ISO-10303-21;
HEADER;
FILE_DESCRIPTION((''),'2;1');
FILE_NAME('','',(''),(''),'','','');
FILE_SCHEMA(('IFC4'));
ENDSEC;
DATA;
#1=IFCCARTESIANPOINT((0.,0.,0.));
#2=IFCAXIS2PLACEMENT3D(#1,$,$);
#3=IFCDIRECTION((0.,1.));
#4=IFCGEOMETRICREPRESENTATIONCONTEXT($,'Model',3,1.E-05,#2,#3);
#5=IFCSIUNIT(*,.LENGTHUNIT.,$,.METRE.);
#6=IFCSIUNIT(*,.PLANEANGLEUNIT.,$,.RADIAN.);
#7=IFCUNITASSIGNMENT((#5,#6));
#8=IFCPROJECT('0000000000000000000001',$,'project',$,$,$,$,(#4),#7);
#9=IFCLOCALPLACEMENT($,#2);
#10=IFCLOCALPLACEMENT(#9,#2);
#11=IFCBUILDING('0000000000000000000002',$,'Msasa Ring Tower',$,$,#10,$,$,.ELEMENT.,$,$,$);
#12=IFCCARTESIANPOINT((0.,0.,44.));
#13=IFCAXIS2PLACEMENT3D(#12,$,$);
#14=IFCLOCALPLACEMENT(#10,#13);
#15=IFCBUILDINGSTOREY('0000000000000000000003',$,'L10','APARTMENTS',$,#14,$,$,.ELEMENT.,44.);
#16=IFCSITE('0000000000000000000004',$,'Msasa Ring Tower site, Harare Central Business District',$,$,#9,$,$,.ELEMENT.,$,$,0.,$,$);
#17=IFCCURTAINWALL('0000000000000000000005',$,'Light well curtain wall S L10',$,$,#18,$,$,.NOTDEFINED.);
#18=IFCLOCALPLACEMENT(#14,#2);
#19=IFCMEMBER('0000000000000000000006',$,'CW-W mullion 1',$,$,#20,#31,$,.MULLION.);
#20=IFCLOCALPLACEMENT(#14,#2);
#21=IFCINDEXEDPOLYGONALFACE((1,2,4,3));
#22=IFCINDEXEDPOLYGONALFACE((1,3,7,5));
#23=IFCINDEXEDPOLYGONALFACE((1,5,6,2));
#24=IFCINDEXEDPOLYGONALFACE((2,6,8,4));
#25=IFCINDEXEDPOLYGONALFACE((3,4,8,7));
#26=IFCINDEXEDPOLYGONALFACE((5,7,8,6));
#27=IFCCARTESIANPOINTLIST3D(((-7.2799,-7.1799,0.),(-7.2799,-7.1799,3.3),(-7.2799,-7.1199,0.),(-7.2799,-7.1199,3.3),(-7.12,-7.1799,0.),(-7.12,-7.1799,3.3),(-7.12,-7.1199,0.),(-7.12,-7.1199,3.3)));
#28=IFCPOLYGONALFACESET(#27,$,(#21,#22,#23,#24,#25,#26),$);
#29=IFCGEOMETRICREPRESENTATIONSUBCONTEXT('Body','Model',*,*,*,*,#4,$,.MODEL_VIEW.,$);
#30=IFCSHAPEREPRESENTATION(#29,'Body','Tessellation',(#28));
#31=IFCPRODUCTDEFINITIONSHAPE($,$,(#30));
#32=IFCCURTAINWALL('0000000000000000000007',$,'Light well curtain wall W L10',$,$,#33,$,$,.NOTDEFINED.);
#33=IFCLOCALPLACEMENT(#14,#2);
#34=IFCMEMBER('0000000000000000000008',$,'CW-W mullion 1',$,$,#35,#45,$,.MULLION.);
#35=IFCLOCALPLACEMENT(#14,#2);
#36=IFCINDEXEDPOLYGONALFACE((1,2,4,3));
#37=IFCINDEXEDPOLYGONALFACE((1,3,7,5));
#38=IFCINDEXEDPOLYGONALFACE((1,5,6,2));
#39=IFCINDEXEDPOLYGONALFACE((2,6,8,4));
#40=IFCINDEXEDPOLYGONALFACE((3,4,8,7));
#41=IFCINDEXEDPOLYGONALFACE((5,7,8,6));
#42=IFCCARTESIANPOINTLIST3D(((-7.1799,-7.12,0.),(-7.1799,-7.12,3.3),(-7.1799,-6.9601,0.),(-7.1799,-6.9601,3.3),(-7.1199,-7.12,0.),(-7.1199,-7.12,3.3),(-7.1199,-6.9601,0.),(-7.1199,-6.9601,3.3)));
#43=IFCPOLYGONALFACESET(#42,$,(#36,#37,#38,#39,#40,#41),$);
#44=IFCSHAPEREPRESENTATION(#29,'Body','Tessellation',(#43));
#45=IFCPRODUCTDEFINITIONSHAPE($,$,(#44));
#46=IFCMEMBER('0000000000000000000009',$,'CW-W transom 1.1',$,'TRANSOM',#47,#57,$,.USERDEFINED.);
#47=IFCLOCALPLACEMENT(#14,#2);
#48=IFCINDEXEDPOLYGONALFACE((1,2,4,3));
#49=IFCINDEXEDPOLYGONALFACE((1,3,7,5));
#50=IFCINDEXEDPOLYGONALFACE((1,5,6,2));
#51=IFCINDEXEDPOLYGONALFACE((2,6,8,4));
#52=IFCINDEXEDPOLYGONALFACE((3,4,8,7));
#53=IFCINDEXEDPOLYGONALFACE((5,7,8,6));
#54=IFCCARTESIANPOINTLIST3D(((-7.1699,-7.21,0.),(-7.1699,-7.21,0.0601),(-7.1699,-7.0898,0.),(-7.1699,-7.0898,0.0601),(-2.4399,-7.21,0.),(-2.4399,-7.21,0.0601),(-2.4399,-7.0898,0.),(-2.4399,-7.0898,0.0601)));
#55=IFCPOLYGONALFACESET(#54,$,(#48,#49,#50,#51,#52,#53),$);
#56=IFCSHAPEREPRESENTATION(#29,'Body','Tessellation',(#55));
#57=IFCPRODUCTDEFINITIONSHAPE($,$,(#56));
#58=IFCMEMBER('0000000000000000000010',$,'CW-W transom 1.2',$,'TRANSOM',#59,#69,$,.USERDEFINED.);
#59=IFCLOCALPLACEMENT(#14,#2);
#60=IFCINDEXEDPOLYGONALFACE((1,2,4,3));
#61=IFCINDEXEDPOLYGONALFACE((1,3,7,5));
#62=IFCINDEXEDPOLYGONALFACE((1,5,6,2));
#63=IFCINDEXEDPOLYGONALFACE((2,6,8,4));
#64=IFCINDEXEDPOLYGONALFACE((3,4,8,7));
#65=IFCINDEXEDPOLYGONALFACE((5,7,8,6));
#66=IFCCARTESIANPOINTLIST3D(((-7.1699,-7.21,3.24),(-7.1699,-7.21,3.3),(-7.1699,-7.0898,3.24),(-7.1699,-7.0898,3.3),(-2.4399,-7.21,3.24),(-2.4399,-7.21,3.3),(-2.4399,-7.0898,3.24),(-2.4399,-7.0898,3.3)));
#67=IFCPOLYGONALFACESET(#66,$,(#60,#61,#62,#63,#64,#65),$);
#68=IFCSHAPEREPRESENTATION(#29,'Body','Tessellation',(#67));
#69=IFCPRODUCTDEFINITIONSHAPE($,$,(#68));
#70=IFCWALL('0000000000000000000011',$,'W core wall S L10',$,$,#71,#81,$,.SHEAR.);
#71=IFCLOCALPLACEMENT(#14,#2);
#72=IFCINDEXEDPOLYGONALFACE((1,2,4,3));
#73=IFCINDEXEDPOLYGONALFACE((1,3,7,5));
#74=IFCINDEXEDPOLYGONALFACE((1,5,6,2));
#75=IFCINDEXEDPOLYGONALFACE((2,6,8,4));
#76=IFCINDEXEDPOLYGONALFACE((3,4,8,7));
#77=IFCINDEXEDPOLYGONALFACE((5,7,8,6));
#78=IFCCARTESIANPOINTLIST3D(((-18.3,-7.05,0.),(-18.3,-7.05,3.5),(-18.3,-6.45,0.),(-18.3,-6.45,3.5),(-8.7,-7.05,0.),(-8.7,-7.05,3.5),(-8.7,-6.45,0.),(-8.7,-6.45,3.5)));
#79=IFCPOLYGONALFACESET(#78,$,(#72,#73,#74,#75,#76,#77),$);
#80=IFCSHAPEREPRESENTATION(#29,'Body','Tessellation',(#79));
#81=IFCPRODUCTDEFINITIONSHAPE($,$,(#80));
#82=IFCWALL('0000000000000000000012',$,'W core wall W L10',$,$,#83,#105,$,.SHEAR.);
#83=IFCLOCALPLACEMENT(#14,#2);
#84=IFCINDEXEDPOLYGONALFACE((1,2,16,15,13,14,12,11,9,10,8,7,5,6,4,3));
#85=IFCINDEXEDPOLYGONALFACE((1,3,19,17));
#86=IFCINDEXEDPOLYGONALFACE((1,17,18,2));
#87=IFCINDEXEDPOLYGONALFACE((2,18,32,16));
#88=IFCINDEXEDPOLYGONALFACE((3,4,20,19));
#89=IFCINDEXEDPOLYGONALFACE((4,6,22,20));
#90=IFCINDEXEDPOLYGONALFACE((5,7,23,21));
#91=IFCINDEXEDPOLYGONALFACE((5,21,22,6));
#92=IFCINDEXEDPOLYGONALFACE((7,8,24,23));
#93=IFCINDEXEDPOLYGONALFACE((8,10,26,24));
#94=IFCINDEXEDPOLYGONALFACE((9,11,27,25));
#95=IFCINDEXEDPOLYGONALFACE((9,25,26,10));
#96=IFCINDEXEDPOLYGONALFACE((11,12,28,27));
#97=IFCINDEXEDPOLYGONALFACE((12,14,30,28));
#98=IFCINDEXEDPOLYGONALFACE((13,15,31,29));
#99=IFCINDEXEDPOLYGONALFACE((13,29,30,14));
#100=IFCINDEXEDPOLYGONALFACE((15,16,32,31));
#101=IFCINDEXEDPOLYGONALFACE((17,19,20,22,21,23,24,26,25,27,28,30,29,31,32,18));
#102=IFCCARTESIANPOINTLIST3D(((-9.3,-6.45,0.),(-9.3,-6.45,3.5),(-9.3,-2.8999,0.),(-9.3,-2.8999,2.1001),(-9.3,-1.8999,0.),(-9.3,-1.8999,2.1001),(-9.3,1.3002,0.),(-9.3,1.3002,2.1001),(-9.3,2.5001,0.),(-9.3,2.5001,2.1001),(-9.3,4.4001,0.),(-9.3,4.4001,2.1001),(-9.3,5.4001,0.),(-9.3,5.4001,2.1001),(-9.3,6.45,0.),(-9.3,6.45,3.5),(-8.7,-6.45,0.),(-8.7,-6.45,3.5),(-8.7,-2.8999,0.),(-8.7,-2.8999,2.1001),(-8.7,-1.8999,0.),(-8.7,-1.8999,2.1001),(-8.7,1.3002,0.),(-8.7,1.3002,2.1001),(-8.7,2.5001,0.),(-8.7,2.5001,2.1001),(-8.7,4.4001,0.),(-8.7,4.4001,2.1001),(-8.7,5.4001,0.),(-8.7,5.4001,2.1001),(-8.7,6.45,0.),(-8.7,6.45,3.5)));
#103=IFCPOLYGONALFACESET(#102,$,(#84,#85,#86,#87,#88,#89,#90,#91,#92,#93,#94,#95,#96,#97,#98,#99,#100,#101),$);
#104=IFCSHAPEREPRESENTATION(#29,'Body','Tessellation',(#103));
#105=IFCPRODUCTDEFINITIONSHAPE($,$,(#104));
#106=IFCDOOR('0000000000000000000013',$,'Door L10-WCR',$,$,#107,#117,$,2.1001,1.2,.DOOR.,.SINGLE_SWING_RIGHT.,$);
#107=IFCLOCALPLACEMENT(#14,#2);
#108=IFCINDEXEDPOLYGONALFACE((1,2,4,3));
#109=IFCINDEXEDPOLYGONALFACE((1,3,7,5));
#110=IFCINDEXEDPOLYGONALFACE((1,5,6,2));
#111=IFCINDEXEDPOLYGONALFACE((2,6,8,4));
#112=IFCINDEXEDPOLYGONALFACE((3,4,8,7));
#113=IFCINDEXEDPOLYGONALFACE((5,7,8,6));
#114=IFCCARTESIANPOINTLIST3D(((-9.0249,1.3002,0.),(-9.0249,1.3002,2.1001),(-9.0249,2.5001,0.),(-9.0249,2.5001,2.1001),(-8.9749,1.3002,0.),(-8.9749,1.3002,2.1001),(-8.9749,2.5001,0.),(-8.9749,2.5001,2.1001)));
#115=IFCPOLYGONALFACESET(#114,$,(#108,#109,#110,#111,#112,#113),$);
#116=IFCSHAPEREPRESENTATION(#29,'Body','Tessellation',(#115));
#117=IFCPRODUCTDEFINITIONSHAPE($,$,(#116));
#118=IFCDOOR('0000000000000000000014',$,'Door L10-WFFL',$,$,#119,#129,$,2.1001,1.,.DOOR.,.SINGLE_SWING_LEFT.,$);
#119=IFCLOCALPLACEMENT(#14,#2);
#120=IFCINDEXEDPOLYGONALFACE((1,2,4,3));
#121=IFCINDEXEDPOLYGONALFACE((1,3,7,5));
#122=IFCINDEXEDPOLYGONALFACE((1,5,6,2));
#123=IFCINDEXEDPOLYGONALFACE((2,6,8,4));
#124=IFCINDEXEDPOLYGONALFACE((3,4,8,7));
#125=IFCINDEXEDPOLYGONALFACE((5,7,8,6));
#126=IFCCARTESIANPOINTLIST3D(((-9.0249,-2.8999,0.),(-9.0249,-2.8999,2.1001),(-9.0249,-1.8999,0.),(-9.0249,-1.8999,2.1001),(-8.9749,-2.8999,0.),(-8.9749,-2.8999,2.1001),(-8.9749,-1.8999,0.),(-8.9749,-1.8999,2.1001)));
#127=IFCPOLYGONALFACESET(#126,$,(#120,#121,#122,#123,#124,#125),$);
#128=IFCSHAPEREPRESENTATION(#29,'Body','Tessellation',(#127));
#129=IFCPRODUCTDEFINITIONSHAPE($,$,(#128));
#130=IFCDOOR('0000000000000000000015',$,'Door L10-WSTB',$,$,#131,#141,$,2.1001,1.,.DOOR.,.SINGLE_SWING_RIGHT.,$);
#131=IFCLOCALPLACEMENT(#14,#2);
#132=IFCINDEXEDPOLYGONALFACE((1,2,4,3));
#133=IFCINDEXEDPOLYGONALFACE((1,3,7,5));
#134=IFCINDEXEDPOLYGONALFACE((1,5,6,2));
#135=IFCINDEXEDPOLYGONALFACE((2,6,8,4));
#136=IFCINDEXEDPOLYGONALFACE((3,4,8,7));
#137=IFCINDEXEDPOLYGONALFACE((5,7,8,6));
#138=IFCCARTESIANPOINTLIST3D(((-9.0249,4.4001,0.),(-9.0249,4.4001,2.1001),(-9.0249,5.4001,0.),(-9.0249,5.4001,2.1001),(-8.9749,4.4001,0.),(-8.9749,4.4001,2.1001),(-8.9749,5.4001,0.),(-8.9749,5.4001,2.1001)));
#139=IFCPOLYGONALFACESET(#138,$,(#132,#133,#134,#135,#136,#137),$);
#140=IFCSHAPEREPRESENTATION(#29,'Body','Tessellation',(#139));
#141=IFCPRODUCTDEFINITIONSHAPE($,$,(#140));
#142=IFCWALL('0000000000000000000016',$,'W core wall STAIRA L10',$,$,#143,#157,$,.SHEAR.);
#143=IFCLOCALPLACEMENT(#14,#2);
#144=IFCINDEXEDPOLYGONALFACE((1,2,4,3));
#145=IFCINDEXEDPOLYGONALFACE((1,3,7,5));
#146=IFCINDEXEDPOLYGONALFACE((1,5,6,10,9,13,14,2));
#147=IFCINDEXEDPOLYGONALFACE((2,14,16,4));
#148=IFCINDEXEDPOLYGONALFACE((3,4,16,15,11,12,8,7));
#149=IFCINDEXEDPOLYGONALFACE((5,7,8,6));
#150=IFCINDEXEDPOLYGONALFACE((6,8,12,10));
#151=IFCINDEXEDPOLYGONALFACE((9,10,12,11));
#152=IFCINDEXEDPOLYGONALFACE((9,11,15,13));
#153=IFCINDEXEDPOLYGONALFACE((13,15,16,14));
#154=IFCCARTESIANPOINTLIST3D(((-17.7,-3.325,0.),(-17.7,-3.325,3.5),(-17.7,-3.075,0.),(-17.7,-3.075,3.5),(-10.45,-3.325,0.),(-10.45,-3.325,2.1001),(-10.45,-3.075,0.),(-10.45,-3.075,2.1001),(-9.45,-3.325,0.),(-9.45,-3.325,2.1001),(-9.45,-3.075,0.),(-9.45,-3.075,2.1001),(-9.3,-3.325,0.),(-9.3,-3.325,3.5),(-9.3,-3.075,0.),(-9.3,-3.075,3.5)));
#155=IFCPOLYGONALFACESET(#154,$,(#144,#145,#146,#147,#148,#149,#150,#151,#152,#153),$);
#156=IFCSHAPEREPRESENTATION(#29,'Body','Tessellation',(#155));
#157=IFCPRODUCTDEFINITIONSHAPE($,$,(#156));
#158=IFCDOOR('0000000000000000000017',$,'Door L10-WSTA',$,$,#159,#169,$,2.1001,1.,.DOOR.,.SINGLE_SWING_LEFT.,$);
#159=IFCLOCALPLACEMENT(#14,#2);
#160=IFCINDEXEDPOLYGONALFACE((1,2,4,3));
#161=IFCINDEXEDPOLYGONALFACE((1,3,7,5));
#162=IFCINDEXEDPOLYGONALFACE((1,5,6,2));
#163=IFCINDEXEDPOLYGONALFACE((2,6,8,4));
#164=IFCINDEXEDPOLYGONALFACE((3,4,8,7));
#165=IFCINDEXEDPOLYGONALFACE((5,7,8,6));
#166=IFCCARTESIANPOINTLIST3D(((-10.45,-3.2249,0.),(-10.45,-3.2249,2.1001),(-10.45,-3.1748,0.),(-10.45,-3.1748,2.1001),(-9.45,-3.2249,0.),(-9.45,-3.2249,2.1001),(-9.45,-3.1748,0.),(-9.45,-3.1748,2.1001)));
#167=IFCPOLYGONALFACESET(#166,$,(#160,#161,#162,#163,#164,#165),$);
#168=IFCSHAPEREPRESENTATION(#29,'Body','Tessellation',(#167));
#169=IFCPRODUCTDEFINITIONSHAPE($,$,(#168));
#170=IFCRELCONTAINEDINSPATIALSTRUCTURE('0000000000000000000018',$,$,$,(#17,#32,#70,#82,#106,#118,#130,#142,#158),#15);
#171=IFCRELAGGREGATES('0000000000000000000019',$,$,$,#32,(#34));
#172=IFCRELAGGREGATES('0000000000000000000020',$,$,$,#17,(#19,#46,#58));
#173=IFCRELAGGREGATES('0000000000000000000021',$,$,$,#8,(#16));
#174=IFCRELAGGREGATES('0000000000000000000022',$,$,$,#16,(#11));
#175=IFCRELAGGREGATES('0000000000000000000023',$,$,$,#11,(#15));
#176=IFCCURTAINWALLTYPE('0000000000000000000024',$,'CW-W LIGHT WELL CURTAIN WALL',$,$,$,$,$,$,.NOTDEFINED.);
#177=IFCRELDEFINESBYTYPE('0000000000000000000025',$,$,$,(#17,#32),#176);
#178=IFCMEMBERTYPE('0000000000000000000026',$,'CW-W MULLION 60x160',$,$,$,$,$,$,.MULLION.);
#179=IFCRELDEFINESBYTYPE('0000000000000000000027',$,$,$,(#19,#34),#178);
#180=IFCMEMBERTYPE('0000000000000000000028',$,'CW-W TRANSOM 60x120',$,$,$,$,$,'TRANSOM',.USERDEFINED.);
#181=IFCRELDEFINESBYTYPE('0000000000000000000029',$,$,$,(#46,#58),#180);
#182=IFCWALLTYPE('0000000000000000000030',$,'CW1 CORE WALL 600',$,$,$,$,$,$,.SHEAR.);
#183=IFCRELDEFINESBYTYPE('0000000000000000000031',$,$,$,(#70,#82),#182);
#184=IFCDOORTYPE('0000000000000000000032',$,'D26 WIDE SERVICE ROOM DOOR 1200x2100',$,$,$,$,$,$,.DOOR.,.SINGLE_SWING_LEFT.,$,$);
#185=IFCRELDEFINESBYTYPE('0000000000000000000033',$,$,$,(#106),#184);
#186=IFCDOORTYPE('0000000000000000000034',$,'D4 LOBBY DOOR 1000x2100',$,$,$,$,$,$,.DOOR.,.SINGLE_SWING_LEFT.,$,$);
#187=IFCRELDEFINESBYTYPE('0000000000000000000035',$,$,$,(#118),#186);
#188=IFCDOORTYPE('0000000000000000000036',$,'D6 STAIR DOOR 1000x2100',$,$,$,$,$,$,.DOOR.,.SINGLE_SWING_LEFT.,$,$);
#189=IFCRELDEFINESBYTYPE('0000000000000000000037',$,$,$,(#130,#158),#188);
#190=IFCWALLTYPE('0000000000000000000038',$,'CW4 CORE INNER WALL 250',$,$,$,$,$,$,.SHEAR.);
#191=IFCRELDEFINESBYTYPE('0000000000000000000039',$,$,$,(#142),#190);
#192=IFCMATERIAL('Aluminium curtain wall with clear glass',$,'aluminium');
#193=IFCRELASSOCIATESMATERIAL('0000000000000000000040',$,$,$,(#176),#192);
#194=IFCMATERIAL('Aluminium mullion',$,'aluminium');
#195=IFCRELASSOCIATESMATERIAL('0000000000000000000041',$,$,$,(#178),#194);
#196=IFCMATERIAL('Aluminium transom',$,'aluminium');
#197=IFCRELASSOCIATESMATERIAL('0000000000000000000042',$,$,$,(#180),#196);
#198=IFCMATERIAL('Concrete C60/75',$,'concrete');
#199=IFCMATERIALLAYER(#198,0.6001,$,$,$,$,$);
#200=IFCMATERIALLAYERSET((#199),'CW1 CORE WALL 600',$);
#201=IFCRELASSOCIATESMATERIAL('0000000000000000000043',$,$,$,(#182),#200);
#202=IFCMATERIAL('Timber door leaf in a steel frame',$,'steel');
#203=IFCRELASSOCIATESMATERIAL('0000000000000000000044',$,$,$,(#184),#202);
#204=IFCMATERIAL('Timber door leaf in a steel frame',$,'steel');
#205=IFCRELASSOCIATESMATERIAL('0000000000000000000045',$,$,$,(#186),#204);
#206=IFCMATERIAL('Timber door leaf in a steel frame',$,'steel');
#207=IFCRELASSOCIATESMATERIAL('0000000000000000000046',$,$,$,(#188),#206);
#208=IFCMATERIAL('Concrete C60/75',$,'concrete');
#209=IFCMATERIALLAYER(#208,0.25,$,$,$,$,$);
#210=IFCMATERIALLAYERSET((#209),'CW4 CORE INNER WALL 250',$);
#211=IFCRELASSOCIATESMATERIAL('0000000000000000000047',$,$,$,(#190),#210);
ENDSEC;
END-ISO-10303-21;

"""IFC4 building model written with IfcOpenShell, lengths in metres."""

from ifc_helpers import new_model, si_unit, direction, frame, frame_2d, origin, origin_2d, place, context, subcontext, project, spatial, rectangle, extrude, material, layer, layer_set, material_profile, profile_set, type_object, element, fill, aggregate, save


model = new_model("IFC4")

# Units and contexts
model_context = context("Model", 3, precision=1e-05, world=origin(), true_north=direction((0.0, 1.0)))
body_context = subcontext(model_context, "Body", "Model", "MODEL_VIEW")
ifc_project = project(units=[si_unit("LENGTHUNIT", "METRE"), si_unit("PLANEANGLEUNIT", "RADIAN")], contexts=[model_context])

# Site, building, storey
site_placement = place(None, origin())
site = spatial("IfcSite", under=ifc_project, at=site_placement, Name="Msasa Ring Tower site, Harare Central Business District", CompositionType="ELEMENT", RefElevation=0.0)
building_placement = place(site_placement, origin())
building = spatial("IfcBuilding", under=site, at=building_placement, Name="Msasa Ring Tower", CompositionType="ELEMENT")
storey_placement = place(building_placement, frame((0.0, 0.0, 44.0)))
storey = spatial("IfcBuildingStorey", under=building, at=storey_placement, Name="L10", Description="APARTMENTS", CompositionType="ELEMENT", Elevation=44.0)

# Curtain walls, members
ifc_material_1 = material(Name="Aluminium curtain wall with clear glass", Category="aluminium")
curtain_wall_type = type_object("IfcCurtainWallType", Name="CW-W LIGHT WELL CURTAIN WALL", PredefinedType="NOTDEFINED", material=ifc_material_1)
curtain_wall_1_placement = place(storey_placement, origin())
curtain_wall_1 = element("IfcCurtainWall", 1, at=curtain_wall_1_placement, inside=storey, type_object=curtain_wall_type, Name="Light well curtain wall S L10", PredefinedType="NOTDEFINED")
ifc_material_2 = material(Name="Aluminium mullion", Category="aluminium")
ifc_material_profile_1 = material_profile(ifc_material_2, rectangle(XDim=0.0601, YDim=0.1599, at=origin_2d()), Name="AL 60x160")
ifc_profile_set_1 = profile_set([ifc_material_profile_1], Name="Aluminium mullion")
member_type_1 = type_object("IfcMemberType", Name="CW-W MULLION 60x160", PredefinedType="MULLION", material=ifc_profile_set_1)
member_1_placement = place(storey_placement, frame((-7.2, -7.1499, 0.0), z_axis=(0.0, 0.0, 1.0), x_axis=(0.0, 1.0, 0.0)))
member_1 = element("IfcMember", 2, at=member_1_placement, type_object=member_type_1, Name="CW-W mullion 1", PredefinedType="MULLION", context=body_context, shape_type="SweptSolid", body=[
    extrude(rectangle(XDim=0.0601, YDim=0.1599, at=origin_2d()), origin(), (0.0, 0.0, 1.0), 3.3),
])
curtain_wall_2_placement = place(storey_placement, origin())
curtain_wall_2 = element("IfcCurtainWall", 3, at=curtain_wall_2_placement, inside=storey, type_object=curtain_wall_type, Name="Light well curtain wall W L10", PredefinedType="NOTDEFINED")
member_2_placement = place(storey_placement, frame((-7.1499, -7.04, 0.0), z_axis=(0.0, 0.0, 1.0), x_axis=(-1.0, 0.0, 0.0)))
member_2 = element("IfcMember", 4, at=member_2_placement, type_object=member_type_1, Name="CW-W mullion 1", PredefinedType="MULLION", context=body_context, shape_type="SweptSolid", body=[
    extrude(rectangle(XDim=0.0601, YDim=0.1599, at=origin_2d()), origin(), (0.0, 0.0, 1.0), 3.3),
])
aggregate(curtain_wall_2, [member_2])

# Members
ifc_material_3 = material(Name="Aluminium transom", Category="aluminium")
ifc_material_profile_2 = material_profile(ifc_material_3, rectangle(XDim=0.1201, YDim=0.0601, at=origin_2d()), Name="AL 60x120")
ifc_profile_set_2 = profile_set([ifc_material_profile_2], Name="Aluminium transom")
member_type_2 = type_object("IfcMemberType", Name="CW-W TRANSOM 60x120", ElementType="TRANSOM", PredefinedType="USERDEFINED", material=ifc_profile_set_2)
member_3_placement = place(storey_placement, frame((-7.1699, -7.1499, 0.03), z_axis=(1.0, 0.0, 0.0), x_axis=(0.0, 1.0, 0.0)))
member_3 = element("IfcMember", 5, at=member_3_placement, type_object=member_type_2, Name="CW-W transom 1.1", ObjectType="TRANSOM", PredefinedType="USERDEFINED", context=body_context, shape_type="SweptSolid", body=[
    extrude(rectangle(XDim=0.1201, YDim=0.0601, at=origin_2d()), origin(), (0.0, 0.0, 1.0), 4.73),
])
member_4_placement = place(storey_placement, frame((-7.1699, -7.1499, 3.27), z_axis=(1.0, 0.0, 0.0), x_axis=(0.0, 1.0, 0.0)))
member_4 = element("IfcMember", 6, at=member_4_placement, type_object=member_type_2, Name="CW-W transom 1.2", ObjectType="TRANSOM", PredefinedType="USERDEFINED", context=body_context, shape_type="SweptSolid", body=[
    extrude(rectangle(XDim=0.1201, YDim=0.0601, at=origin_2d()), origin(), (0.0, 0.0, 1.0), 4.73),
])
aggregate(curtain_wall_1, [member_1, member_3, member_4])

# Wall
ifc_material_4 = material(Name="Concrete C60/75", Category="concrete")
ifc_layer_1 = layer(ifc_material_4, 0.6001)
ifc_layer_set_1 = layer_set([ifc_layer_1], Name="CW1 CORE WALL 600")
wall_type_1 = type_object("IfcWallType", Name="CW1 CORE WALL 600", PredefinedType="SHEAR", material=ifc_layer_set_1)
wall_1_placement = place(storey_placement, frame((-8.7, -6.75, 0.0), z_axis=(0.0, 0.0, 1.0), x_axis=(-1.0, 0.0, 0.0)))
element("IfcWall", 7, at=wall_1_placement, inside=storey, type_object=wall_type_1, Name="W core wall S L10", PredefinedType="SHEAR", context=body_context, shape_type="SweptSolid", body=[
    extrude(rectangle(XDim=9.6001, YDim=0.6001, at=frame_2d((4.8, 0.0))), origin(), (0.0, 0.0, 1.0), 3.5),
])

# Wall, openings, doors
wall_2_placement = place(storey_placement, frame((-9.0, -6.45, 0.0), z_axis=(0.0, 0.0, 1.0), x_axis=(0.0, 1.0, 0.0)))
wall_2 = element("IfcWall", 8, at=wall_2_placement, inside=storey, type_object=wall_type_1, Name="W core wall W L10", PredefinedType="SHEAR", context=body_context, shape_type="SweptSolid", body=[
    extrude(rectangle(XDim=12.8999, YDim=0.6001, at=frame_2d((6.45, 0.0))), origin(), (0.0, 0.0, 1.0), 3.5),
])
opening_1_placement = place(wall_2_placement, frame((3.55, 0.0, 0.0)))
opening_1 = element("IfcOpeningElement", 9, at=opening_1_placement, cuts=wall_2, PredefinedType="OPENING", context=body_context, shape_type="SweptSolid", body=[
    extrude(rectangle(XDim=1.0, YDim=2.1001, at=frame_2d((0.5, 1.05))), frame((0.0, 0.3101, 0.0), z_axis=(0.0, -1.0, 0.0), x_axis=(1.0, 0.0, 0.0)), (0.0, 0.0, 1.0), 0.6201),
])
opening_2_placement = place(wall_2_placement, frame((7.75, 0.0, 0.0)))
opening_2 = element("IfcOpeningElement", 10, at=opening_2_placement, cuts=wall_2, PredefinedType="OPENING", context=body_context, shape_type="SweptSolid", body=[
    extrude(rectangle(XDim=1.2, YDim=2.1001, at=frame_2d((0.6001, 1.05))), frame((0.0, 0.3101, 0.0), z_axis=(0.0, -1.0, 0.0), x_axis=(1.0, 0.0, 0.0)), (0.0, 0.0, 1.0), 0.6201),
])
opening_3_placement = place(wall_2_placement, frame((10.8501, 0.0, 0.0)))
opening_3 = element("IfcOpeningElement", 11, at=opening_3_placement, cuts=wall_2, PredefinedType="OPENING", context=body_context, shape_type="SweptSolid", body=[
    extrude(rectangle(XDim=1.0, YDim=2.1001, at=frame_2d((0.5, 1.05))), frame((0.0, 0.3101, 0.0), z_axis=(0.0, -1.0, 0.0), x_axis=(1.0, 0.0, 0.0)), (0.0, 0.0, 1.0), 0.6201),
])
ifc_material_5 = material(Name="Timber door leaf in a steel frame", Category="steel")
door_type_1 = type_object("IfcDoorType", Name="D26 WIDE SERVICE ROOM DOOR 1200x2100", OperationType="SINGLE_SWING_LEFT", PredefinedType="DOOR", material=ifc_material_5)
door_1_placement = place(opening_2_placement, origin())
door_1 = element("IfcDoor", 12, at=door_1_placement, inside=storey, type_object=door_type_1, Name="Door L10-WCR", OperationType="SINGLE_SWING_RIGHT", OverallHeight=2.1001, OverallWidth=1.2, PredefinedType="DOOR", context=body_context, shape_type="SweptSolid", body=[
    extrude(rectangle(XDim=1.2, YDim=2.1001, at=frame_2d((0.6001, 1.05))), frame((0.0, 0.0249, 0.0), z_axis=(0.0, -1.0, 0.0), x_axis=(1.0, 0.0, 0.0)), (0.0, 0.0, 1.0), 0.05),
])
fill(opening_2, door_1)
ifc_material_6 = material(Name="Timber door leaf in a steel frame", Category="steel")
door_type_2 = type_object("IfcDoorType", Name="D4 LOBBY DOOR 1000x2100", OperationType="SINGLE_SWING_LEFT", PredefinedType="DOOR", material=ifc_material_6)
door_2_placement = place(opening_1_placement, origin())
door_2 = element("IfcDoor", 13, at=door_2_placement, inside=storey, type_object=door_type_2, Name="Door L10-WFFL", OperationType="SINGLE_SWING_LEFT", OverallHeight=2.1001, OverallWidth=1.0, PredefinedType="DOOR", context=body_context, shape_type="SweptSolid", body=[
    extrude(rectangle(XDim=1.0, YDim=2.1001, at=frame_2d((0.5, 1.05))), frame((0.0, 0.0249, 0.0), z_axis=(0.0, -1.0, 0.0), x_axis=(1.0, 0.0, 0.0)), (0.0, 0.0, 1.0), 0.05),
])
fill(opening_1, door_2)
ifc_material_7 = material(Name="Timber door leaf in a steel frame", Category="steel")
door_type_3 = type_object("IfcDoorType", Name="D6 STAIR DOOR 1000x2100", OperationType="SINGLE_SWING_LEFT", PredefinedType="DOOR", material=ifc_material_7)
door_3_placement = place(opening_3_placement, origin())
door_3 = element("IfcDoor", 14, at=door_3_placement, inside=storey, type_object=door_type_3, Name="Door L10-WSTB", OperationType="SINGLE_SWING_RIGHT", OverallHeight=2.1001, OverallWidth=1.0, PredefinedType="DOOR", context=body_context, shape_type="SweptSolid", body=[
    extrude(rectangle(XDim=1.0, YDim=2.1001, at=frame_2d((0.5, 1.05))), frame((0.0, 0.0249, 0.0), z_axis=(0.0, -1.0, 0.0), x_axis=(1.0, 0.0, 0.0)), (0.0, 0.0, 1.0), 0.05),
])
fill(opening_3, door_3)

# Wall, opening, door
ifc_material_8 = material(Name="Concrete C60/75", Category="concrete")
ifc_layer_2 = layer(ifc_material_8, 0.25)
ifc_layer_set_2 = layer_set([ifc_layer_2], Name="CW4 CORE INNER WALL 250")
wall_type_2 = type_object("IfcWallType", Name="CW4 CORE INNER WALL 250", PredefinedType="SHEAR", material=ifc_layer_set_2)
wall_3_placement = place(storey_placement, frame((-9.3, -3.2, 0.0), z_axis=(0.0, 0.0, 1.0), x_axis=(-1.0, 0.0, 0.0)))
wall_3 = element("IfcWall", 15, at=wall_3_placement, inside=storey, type_object=wall_type_2, Name="W core wall STAIRA L10", PredefinedType="SHEAR", context=body_context, shape_type="SweptSolid", body=[
    extrude(rectangle(XDim=8.3999, YDim=0.25, at=frame_2d((4.2, 0.0))), origin(), (0.0, 0.0, 1.0), 3.5),
])
opening_4_placement = place(wall_3_placement, frame((0.1499, 0.0, 0.0)))
opening_4 = element("IfcOpeningElement", 16, at=opening_4_placement, cuts=wall_3, PredefinedType="OPENING", context=body_context, shape_type="SweptSolid", body=[
    extrude(rectangle(XDim=1.0, YDim=2.1001, at=frame_2d((0.5, 1.05))), frame((0.0, 0.135, 0.0), z_axis=(0.0, -1.0, 0.0), x_axis=(1.0, 0.0, 0.0)), (0.0, 0.0, 1.0), 0.27),
])
door_4_placement = place(opening_4_placement, origin())
door_4 = element("IfcDoor", 17, at=door_4_placement, inside=storey, type_object=door_type_3, Name="Door L10-WSTA", OperationType="SINGLE_SWING_LEFT", OverallHeight=2.1001, OverallWidth=1.0, PredefinedType="DOOR", context=body_context, shape_type="SweptSolid", body=[
    extrude(rectangle(XDim=1.0, YDim=2.1001, at=frame_2d((0.5, 1.05))), frame((0.0, 0.0249, 0.0), z_axis=(0.0, -1.0, 0.0), x_axis=(1.0, 0.0, 0.0)), (0.0, 0.0, 1.0), 0.05),
])
fill(opening_4, door_4)

save(model, "model.ifc")
